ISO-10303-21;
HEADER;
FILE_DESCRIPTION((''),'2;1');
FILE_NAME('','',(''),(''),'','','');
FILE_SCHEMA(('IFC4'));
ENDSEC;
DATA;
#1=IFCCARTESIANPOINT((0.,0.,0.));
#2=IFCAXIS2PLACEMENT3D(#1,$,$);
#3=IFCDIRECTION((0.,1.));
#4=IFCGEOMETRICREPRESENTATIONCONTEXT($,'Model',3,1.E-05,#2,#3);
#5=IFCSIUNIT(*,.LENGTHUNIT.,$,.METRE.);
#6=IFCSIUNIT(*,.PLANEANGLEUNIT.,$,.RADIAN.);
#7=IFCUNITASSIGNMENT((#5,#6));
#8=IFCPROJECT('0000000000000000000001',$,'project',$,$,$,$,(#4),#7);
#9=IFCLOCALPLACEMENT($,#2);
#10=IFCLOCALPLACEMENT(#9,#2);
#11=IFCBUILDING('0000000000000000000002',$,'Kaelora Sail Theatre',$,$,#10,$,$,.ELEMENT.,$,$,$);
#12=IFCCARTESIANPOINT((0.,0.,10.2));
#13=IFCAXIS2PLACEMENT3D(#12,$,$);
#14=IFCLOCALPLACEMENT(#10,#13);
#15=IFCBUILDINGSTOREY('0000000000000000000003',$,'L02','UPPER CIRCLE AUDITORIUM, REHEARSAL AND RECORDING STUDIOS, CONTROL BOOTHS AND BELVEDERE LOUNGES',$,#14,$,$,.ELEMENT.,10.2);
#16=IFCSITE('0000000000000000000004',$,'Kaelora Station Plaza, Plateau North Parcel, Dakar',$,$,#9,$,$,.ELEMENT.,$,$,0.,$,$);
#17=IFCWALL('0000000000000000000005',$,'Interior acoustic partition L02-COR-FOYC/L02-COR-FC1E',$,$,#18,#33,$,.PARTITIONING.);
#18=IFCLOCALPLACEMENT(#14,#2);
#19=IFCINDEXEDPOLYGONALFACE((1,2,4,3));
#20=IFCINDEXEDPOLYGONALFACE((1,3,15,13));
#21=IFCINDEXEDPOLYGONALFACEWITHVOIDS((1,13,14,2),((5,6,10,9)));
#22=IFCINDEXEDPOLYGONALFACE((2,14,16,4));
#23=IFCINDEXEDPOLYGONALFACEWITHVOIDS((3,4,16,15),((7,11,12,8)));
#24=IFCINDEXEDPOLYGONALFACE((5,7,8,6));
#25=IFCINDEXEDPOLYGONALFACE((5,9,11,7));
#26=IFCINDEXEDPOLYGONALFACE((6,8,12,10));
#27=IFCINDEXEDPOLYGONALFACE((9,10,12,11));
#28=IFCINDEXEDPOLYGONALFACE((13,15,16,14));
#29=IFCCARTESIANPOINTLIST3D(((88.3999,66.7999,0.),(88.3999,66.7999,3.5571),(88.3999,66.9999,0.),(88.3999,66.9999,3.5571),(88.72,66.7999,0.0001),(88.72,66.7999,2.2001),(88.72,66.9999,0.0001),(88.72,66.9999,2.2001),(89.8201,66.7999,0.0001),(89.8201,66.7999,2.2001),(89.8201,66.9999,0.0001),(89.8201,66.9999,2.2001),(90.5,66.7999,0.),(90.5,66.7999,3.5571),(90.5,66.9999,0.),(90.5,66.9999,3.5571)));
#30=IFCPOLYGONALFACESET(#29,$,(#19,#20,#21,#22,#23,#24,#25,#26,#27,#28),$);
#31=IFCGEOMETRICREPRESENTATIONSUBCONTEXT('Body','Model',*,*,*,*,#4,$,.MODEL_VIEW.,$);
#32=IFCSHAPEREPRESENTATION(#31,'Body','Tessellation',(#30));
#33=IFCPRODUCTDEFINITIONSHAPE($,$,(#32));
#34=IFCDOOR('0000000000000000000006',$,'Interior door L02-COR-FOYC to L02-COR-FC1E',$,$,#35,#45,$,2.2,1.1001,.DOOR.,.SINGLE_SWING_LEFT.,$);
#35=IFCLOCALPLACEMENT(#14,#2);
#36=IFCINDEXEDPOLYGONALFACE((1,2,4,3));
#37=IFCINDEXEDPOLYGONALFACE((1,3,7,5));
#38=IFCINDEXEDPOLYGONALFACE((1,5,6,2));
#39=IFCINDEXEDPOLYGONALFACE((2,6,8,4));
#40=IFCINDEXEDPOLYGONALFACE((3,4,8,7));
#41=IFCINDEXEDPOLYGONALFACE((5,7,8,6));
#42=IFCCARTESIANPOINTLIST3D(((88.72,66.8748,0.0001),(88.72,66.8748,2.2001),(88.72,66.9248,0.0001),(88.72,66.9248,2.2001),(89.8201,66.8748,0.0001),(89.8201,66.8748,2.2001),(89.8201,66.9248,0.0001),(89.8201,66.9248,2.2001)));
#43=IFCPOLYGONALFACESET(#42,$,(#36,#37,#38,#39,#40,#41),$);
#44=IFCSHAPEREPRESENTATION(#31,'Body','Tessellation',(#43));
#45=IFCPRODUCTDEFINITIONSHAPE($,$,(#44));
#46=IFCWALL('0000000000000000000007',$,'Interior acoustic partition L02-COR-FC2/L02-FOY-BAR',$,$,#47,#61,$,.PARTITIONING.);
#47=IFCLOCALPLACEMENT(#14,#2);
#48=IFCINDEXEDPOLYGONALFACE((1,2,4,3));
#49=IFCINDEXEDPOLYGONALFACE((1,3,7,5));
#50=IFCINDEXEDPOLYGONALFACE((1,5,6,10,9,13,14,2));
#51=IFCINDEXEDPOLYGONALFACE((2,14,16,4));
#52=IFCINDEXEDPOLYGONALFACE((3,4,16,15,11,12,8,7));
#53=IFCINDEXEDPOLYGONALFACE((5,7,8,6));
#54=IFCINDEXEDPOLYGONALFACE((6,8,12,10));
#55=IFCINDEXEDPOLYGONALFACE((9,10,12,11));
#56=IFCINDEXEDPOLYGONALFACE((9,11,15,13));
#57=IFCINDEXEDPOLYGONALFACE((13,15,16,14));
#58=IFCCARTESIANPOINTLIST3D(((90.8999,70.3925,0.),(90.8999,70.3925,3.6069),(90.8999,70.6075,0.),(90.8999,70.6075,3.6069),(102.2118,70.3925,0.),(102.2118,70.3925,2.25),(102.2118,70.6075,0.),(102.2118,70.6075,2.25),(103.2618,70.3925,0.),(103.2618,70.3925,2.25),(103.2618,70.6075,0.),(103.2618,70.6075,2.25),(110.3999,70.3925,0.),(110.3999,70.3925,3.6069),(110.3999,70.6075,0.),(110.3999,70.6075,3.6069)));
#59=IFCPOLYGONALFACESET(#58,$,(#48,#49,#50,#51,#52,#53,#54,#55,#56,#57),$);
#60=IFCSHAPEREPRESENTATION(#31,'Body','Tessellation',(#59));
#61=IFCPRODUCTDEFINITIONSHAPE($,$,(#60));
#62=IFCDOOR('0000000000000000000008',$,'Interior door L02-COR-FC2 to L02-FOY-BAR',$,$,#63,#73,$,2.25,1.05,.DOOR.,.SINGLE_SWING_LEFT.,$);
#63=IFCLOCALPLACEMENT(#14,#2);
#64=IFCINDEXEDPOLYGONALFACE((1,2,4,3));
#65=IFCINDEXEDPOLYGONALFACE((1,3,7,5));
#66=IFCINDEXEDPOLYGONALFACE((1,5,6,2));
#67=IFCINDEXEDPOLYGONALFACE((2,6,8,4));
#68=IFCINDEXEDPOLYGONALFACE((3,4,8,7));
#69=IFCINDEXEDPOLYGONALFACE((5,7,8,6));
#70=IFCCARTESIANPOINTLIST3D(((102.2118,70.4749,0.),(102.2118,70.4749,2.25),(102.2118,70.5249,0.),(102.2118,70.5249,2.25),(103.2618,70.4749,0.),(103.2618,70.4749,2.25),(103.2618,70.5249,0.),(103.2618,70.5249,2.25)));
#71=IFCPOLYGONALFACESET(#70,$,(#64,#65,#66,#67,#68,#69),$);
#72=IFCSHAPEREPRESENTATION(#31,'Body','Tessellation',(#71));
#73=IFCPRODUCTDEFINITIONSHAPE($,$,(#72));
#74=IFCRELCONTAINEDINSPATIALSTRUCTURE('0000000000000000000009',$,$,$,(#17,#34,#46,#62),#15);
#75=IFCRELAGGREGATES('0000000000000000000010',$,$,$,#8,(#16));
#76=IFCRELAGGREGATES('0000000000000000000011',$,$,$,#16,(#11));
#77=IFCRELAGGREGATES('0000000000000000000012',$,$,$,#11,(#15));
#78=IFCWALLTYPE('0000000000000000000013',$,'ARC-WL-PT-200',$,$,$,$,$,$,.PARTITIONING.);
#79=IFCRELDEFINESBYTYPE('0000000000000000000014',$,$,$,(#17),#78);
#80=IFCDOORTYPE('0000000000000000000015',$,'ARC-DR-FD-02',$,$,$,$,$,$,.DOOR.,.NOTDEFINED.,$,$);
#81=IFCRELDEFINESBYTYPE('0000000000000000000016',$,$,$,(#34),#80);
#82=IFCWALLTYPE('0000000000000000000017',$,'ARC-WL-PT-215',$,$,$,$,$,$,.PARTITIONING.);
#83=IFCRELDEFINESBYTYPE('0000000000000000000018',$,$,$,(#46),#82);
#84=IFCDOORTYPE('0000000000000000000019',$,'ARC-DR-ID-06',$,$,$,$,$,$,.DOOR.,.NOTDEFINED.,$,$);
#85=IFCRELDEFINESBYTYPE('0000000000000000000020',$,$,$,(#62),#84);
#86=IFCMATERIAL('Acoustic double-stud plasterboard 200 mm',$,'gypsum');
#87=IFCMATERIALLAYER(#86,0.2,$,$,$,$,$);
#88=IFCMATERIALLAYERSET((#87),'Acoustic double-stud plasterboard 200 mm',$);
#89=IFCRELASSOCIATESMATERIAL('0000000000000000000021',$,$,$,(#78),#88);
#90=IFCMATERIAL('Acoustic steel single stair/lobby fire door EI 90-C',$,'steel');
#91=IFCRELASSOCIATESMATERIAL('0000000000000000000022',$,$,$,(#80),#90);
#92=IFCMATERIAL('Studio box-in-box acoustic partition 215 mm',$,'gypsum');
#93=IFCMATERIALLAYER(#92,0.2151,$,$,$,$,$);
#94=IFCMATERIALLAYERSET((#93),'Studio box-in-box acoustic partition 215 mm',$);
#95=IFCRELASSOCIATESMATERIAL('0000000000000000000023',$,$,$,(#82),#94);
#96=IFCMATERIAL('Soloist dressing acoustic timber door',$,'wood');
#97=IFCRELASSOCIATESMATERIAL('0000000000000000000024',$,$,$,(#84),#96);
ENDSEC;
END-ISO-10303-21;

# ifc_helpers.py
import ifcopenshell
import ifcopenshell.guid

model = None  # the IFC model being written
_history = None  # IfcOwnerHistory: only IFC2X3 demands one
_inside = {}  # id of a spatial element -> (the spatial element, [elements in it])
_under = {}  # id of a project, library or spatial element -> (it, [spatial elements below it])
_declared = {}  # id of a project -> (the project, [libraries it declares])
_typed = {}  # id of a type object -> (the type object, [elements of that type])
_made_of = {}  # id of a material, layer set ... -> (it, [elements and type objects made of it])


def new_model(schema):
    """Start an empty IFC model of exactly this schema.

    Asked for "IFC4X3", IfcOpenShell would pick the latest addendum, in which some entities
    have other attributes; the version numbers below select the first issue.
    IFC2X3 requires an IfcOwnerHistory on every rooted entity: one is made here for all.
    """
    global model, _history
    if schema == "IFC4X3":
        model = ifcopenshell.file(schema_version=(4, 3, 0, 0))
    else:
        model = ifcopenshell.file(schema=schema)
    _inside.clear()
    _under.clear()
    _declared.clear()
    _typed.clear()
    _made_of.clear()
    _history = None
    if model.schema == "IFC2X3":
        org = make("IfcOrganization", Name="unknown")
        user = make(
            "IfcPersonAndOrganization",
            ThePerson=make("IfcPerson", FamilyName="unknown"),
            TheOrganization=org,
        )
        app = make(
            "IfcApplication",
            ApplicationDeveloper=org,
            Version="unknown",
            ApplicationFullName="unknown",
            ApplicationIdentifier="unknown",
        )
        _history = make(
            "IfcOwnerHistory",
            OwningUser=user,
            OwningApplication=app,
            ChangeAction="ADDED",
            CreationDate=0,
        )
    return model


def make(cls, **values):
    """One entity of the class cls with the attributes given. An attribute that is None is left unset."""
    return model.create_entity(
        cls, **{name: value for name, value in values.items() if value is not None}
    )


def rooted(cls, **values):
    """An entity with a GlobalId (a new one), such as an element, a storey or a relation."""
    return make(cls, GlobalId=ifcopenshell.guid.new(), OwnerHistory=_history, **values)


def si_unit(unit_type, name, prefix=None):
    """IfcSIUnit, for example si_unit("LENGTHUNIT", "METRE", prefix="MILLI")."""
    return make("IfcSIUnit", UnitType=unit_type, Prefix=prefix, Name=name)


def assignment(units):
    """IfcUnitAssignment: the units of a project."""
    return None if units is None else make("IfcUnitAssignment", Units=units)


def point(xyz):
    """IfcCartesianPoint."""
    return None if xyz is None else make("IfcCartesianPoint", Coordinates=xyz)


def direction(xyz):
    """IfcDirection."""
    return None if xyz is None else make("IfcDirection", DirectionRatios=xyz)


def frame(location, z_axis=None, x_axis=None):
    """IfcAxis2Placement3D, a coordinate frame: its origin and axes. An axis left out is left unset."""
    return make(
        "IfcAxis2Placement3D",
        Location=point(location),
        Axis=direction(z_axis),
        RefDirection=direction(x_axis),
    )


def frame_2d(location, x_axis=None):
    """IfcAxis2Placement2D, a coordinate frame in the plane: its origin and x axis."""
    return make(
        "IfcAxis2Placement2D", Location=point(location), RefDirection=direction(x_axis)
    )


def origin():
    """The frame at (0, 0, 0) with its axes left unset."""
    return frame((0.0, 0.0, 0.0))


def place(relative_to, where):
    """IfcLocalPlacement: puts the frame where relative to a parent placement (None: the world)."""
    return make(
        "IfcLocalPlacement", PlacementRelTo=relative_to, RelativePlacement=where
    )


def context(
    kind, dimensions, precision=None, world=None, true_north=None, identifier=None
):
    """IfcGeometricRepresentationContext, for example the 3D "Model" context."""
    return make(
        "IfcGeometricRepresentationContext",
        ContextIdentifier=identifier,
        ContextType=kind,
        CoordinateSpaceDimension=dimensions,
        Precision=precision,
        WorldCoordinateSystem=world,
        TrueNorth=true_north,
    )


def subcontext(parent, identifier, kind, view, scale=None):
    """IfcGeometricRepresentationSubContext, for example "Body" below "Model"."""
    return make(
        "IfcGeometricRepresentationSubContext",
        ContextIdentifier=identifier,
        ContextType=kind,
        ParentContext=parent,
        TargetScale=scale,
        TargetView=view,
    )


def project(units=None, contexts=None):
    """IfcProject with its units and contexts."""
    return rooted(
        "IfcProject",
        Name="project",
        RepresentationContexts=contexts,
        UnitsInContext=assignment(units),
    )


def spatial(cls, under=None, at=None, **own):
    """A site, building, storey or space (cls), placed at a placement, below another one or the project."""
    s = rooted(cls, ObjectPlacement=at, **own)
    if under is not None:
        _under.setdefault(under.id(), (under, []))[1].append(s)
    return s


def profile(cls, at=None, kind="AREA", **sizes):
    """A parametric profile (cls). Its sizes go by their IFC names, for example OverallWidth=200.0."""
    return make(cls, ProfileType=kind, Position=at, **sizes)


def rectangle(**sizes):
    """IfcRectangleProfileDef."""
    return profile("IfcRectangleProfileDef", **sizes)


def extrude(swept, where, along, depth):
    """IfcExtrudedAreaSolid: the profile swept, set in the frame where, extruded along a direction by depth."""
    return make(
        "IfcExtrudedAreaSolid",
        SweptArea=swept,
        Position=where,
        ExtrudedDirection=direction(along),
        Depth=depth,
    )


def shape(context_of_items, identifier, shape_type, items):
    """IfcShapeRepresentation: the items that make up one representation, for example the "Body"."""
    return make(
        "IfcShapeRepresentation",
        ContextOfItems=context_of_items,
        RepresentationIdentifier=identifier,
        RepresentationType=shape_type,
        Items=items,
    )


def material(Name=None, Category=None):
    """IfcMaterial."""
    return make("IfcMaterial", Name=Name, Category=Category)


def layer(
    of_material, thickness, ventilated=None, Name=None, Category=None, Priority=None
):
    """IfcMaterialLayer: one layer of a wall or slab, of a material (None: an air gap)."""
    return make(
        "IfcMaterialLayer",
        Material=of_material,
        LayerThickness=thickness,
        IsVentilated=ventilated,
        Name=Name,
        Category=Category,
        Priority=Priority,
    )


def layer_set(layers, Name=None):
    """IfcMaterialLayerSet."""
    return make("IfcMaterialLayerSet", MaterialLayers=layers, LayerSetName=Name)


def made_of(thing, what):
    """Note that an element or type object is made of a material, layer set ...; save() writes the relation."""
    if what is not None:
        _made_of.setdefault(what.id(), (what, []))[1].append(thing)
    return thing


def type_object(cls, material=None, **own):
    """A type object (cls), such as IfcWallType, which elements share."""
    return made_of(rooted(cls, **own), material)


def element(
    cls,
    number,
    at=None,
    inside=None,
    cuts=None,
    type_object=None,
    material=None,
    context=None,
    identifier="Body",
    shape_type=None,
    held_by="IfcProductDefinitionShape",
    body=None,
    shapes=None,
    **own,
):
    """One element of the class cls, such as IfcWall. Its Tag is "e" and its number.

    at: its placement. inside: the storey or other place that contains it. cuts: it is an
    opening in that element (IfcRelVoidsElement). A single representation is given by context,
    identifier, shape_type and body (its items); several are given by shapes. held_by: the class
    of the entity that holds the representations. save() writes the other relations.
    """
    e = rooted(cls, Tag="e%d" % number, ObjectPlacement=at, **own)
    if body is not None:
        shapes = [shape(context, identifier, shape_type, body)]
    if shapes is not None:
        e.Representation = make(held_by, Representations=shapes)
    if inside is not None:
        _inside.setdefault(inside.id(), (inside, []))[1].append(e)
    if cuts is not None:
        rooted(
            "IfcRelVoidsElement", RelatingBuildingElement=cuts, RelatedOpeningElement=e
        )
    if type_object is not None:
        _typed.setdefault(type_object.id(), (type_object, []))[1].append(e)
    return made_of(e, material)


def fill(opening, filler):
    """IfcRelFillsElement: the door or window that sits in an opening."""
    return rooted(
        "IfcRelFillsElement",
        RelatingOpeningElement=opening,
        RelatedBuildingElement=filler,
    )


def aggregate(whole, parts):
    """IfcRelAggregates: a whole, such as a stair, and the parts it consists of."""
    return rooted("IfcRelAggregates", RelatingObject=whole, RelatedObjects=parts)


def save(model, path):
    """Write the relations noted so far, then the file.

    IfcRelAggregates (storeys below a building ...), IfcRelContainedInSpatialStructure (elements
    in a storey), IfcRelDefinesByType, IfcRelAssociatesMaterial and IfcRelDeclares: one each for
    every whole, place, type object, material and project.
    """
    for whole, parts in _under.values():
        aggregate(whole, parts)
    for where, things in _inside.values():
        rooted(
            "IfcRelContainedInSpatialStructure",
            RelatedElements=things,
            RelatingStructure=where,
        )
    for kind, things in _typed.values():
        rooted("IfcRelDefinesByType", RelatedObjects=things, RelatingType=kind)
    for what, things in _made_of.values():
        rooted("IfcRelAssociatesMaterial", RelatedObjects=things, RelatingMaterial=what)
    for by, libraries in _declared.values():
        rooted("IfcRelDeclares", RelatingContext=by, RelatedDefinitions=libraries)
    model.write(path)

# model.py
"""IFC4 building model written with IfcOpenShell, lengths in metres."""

from ifc_helpers import new_model, si_unit, direction, frame, frame_2d, origin, place, context, subcontext, project, spatial, rectangle, extrude, material, layer, layer_set, type_object, element, fill, save


model = new_model("IFC4")

# Units and contexts
model_context = context("Model", 3, precision=1e-05, world=origin(), true_north=direction((0.0, 1.0)))
body_context = subcontext(model_context, "Body", "Model", "MODEL_VIEW")
ifc_project = project(units=[si_unit("LENGTHUNIT", "METRE"), si_unit("PLANEANGLEUNIT", "RADIAN")], contexts=[model_context])

# Site, building, storey
site_placement = place(None, origin())
site = spatial("IfcSite", under=ifc_project, at=site_placement, Name="Kaelora Station Plaza, Plateau North Parcel, Dakar", CompositionType="ELEMENT", RefElevation=0.0)
building_placement = place(site_placement, origin())
building = spatial("IfcBuilding", under=site, at=building_placement, Name="Kaelora Sail Theatre", CompositionType="ELEMENT")
storey_placement = place(building_placement, frame((0.0, 0.0, 10.2)))
storey = spatial("IfcBuildingStorey", under=building, at=storey_placement, Name="L02", Description="UPPER CIRCLE AUDITORIUM, REHEARSAL AND RECORDING STUDIOS, CONTROL BOOTHS AND BELVEDERE LOUNGES", CompositionType="ELEMENT", Elevation=10.2)

# Walls, openings, doors
ifc_material_1 = material(Name="Acoustic double-stud plasterboard 200 mm", Category="gypsum")
ifc_layer_1 = layer(ifc_material_1, 0.2)
ifc_layer_set_1 = layer_set([ifc_layer_1], Name="Acoustic double-stud plasterboard 200 mm")
wall_type_1 = type_object("IfcWallType", Name="ARC-WL-PT-200", PredefinedType="PARTITIONING", material=ifc_layer_set_1)
wall_1_placement = place(storey_placement, frame((88.3999, 66.8999, 0.0), z_axis=(0.0, 0.0, 1.0), x_axis=(1.0, 0.0, 0.0)))
wall_1 = element("IfcWall", 1, at=wall_1_placement, inside=storey, type_object=wall_type_1, Name="Interior acoustic partition L02-COR-FOYC/L02-COR-FC1E", PredefinedType="PARTITIONING", context=body_context, shape_type="SweptSolid", body=[
    extrude(rectangle(XDim=2.1001, YDim=0.2, at=frame_2d((1.05, 0.0))), origin(), (0.0, 0.0, 1.0), 3.5571),
])
opening_1_placement = place(wall_1_placement, frame((0.3201, 0.0, 0.0)))
opening_1 = element("IfcOpeningElement", 2, at=opening_1_placement, cuts=wall_1, PredefinedType="OPENING", context=body_context, shape_type="SweptSolid", body=[
    extrude(rectangle(XDim=1.1001, YDim=2.2, at=frame_2d((0.55, 1.1001))), frame((0.0, 0.1101, 0.0), z_axis=(0.0, -1.0, 0.0), x_axis=(1.0, 0.0, 0.0)), (0.0, 0.0, 1.0), 0.22),
])
ifc_material_2 = material(Name="Acoustic steel single stair/lobby fire door EI 90-C", Category="steel")
door_type_1 = type_object("IfcDoorType", Name="ARC-DR-FD-02", OperationType="NOTDEFINED", PredefinedType="DOOR", material=ifc_material_2)
door_1_placement = place(opening_1_placement, origin())
door_1 = element("IfcDoor", 3, at=door_1_placement, inside=storey, type_object=door_type_1, Name="Interior door L02-COR-FOYC to L02-COR-FC1E", OperationType="SINGLE_SWING_LEFT", OverallHeight=2.2, OverallWidth=1.1001, PredefinedType="DOOR", context=body_context, shape_type="SweptSolid", body=[
    extrude(rectangle(XDim=1.1001, YDim=2.2, at=frame_2d((0.55, 1.1001))), frame((0.0, 0.0249, 0.0), z_axis=(0.0, -1.0, 0.0), x_axis=(1.0, 0.0, 0.0)), (0.0, 0.0, 1.0), 0.05),
])
fill(opening_1, door_1)
ifc_material_3 = material(Name="Studio box-in-box acoustic partition 215 mm", Category="gypsum")
ifc_layer_2 = layer(ifc_material_3, 0.2151)
ifc_layer_set_2 = layer_set([ifc_layer_2], Name="Studio box-in-box acoustic partition 215 mm")
wall_type_2 = type_object("IfcWallType", Name="ARC-WL-PT-215", PredefinedType="PARTITIONING", material=ifc_layer_set_2)
wall_2_placement = place(storey_placement, frame((90.8999, 70.5, 0.0), z_axis=(0.0, 0.0, 1.0), x_axis=(1.0, 0.0, 0.0)))
wall_2 = element("IfcWall", 4, at=wall_2_placement, inside=storey, type_object=wall_type_2, Name="Interior acoustic partition L02-COR-FC2/L02-FOY-BAR", PredefinedType="PARTITIONING", context=body_context, shape_type="SweptSolid", body=[
    extrude(rectangle(XDim=19.5, YDim=0.2151, at=frame_2d((9.75, 0.0))), origin(), (0.0, 0.0, 1.0), 3.6069),
])
opening_2_placement = place(wall_2_placement, frame((11.312, 0.0, 0.0)))
opening_2 = element("IfcOpeningElement", 5, at=opening_2_placement, cuts=wall_2, PredefinedType="OPENING", context=body_context, shape_type="SweptSolid", body=[
    extrude(rectangle(XDim=1.05, YDim=2.25, at=frame_2d((0.5249, 1.125))), frame((0.0, 0.1174, 0.0), z_axis=(0.0, -1.0, 0.0), x_axis=(1.0, 0.0, 0.0)), (0.0, 0.0, 1.0), 0.2351),
])
ifc_material_4 = material(Name="Soloist dressing acoustic timber door", Category="wood")
door_type_2 = type_object("IfcDoorType", Name="ARC-DR-ID-06", OperationType="NOTDEFINED", PredefinedType="DOOR", material=ifc_material_4)
door_2_placement = place(opening_2_placement, origin())
door_2 = element("IfcDoor", 6, at=door_2_placement, inside=storey, type_object=door_type_2, Name="Interior door L02-COR-FC2 to L02-FOY-BAR", OperationType="SINGLE_SWING_LEFT", OverallHeight=2.25, OverallWidth=1.05, PredefinedType="DOOR", context=body_context, shape_type="SweptSolid", body=[
    extrude(rectangle(XDim=1.05, YDim=2.25, at=frame_2d((0.5249, 1.125))), frame((0.0, 0.0249, 0.0), z_axis=(0.0, -1.0, 0.0), x_axis=(1.0, 0.0, 0.0)), (0.0, 0.0, 1.0), 0.05),
])
fill(opening_2, door_2)

save(model, "model.ifc")
